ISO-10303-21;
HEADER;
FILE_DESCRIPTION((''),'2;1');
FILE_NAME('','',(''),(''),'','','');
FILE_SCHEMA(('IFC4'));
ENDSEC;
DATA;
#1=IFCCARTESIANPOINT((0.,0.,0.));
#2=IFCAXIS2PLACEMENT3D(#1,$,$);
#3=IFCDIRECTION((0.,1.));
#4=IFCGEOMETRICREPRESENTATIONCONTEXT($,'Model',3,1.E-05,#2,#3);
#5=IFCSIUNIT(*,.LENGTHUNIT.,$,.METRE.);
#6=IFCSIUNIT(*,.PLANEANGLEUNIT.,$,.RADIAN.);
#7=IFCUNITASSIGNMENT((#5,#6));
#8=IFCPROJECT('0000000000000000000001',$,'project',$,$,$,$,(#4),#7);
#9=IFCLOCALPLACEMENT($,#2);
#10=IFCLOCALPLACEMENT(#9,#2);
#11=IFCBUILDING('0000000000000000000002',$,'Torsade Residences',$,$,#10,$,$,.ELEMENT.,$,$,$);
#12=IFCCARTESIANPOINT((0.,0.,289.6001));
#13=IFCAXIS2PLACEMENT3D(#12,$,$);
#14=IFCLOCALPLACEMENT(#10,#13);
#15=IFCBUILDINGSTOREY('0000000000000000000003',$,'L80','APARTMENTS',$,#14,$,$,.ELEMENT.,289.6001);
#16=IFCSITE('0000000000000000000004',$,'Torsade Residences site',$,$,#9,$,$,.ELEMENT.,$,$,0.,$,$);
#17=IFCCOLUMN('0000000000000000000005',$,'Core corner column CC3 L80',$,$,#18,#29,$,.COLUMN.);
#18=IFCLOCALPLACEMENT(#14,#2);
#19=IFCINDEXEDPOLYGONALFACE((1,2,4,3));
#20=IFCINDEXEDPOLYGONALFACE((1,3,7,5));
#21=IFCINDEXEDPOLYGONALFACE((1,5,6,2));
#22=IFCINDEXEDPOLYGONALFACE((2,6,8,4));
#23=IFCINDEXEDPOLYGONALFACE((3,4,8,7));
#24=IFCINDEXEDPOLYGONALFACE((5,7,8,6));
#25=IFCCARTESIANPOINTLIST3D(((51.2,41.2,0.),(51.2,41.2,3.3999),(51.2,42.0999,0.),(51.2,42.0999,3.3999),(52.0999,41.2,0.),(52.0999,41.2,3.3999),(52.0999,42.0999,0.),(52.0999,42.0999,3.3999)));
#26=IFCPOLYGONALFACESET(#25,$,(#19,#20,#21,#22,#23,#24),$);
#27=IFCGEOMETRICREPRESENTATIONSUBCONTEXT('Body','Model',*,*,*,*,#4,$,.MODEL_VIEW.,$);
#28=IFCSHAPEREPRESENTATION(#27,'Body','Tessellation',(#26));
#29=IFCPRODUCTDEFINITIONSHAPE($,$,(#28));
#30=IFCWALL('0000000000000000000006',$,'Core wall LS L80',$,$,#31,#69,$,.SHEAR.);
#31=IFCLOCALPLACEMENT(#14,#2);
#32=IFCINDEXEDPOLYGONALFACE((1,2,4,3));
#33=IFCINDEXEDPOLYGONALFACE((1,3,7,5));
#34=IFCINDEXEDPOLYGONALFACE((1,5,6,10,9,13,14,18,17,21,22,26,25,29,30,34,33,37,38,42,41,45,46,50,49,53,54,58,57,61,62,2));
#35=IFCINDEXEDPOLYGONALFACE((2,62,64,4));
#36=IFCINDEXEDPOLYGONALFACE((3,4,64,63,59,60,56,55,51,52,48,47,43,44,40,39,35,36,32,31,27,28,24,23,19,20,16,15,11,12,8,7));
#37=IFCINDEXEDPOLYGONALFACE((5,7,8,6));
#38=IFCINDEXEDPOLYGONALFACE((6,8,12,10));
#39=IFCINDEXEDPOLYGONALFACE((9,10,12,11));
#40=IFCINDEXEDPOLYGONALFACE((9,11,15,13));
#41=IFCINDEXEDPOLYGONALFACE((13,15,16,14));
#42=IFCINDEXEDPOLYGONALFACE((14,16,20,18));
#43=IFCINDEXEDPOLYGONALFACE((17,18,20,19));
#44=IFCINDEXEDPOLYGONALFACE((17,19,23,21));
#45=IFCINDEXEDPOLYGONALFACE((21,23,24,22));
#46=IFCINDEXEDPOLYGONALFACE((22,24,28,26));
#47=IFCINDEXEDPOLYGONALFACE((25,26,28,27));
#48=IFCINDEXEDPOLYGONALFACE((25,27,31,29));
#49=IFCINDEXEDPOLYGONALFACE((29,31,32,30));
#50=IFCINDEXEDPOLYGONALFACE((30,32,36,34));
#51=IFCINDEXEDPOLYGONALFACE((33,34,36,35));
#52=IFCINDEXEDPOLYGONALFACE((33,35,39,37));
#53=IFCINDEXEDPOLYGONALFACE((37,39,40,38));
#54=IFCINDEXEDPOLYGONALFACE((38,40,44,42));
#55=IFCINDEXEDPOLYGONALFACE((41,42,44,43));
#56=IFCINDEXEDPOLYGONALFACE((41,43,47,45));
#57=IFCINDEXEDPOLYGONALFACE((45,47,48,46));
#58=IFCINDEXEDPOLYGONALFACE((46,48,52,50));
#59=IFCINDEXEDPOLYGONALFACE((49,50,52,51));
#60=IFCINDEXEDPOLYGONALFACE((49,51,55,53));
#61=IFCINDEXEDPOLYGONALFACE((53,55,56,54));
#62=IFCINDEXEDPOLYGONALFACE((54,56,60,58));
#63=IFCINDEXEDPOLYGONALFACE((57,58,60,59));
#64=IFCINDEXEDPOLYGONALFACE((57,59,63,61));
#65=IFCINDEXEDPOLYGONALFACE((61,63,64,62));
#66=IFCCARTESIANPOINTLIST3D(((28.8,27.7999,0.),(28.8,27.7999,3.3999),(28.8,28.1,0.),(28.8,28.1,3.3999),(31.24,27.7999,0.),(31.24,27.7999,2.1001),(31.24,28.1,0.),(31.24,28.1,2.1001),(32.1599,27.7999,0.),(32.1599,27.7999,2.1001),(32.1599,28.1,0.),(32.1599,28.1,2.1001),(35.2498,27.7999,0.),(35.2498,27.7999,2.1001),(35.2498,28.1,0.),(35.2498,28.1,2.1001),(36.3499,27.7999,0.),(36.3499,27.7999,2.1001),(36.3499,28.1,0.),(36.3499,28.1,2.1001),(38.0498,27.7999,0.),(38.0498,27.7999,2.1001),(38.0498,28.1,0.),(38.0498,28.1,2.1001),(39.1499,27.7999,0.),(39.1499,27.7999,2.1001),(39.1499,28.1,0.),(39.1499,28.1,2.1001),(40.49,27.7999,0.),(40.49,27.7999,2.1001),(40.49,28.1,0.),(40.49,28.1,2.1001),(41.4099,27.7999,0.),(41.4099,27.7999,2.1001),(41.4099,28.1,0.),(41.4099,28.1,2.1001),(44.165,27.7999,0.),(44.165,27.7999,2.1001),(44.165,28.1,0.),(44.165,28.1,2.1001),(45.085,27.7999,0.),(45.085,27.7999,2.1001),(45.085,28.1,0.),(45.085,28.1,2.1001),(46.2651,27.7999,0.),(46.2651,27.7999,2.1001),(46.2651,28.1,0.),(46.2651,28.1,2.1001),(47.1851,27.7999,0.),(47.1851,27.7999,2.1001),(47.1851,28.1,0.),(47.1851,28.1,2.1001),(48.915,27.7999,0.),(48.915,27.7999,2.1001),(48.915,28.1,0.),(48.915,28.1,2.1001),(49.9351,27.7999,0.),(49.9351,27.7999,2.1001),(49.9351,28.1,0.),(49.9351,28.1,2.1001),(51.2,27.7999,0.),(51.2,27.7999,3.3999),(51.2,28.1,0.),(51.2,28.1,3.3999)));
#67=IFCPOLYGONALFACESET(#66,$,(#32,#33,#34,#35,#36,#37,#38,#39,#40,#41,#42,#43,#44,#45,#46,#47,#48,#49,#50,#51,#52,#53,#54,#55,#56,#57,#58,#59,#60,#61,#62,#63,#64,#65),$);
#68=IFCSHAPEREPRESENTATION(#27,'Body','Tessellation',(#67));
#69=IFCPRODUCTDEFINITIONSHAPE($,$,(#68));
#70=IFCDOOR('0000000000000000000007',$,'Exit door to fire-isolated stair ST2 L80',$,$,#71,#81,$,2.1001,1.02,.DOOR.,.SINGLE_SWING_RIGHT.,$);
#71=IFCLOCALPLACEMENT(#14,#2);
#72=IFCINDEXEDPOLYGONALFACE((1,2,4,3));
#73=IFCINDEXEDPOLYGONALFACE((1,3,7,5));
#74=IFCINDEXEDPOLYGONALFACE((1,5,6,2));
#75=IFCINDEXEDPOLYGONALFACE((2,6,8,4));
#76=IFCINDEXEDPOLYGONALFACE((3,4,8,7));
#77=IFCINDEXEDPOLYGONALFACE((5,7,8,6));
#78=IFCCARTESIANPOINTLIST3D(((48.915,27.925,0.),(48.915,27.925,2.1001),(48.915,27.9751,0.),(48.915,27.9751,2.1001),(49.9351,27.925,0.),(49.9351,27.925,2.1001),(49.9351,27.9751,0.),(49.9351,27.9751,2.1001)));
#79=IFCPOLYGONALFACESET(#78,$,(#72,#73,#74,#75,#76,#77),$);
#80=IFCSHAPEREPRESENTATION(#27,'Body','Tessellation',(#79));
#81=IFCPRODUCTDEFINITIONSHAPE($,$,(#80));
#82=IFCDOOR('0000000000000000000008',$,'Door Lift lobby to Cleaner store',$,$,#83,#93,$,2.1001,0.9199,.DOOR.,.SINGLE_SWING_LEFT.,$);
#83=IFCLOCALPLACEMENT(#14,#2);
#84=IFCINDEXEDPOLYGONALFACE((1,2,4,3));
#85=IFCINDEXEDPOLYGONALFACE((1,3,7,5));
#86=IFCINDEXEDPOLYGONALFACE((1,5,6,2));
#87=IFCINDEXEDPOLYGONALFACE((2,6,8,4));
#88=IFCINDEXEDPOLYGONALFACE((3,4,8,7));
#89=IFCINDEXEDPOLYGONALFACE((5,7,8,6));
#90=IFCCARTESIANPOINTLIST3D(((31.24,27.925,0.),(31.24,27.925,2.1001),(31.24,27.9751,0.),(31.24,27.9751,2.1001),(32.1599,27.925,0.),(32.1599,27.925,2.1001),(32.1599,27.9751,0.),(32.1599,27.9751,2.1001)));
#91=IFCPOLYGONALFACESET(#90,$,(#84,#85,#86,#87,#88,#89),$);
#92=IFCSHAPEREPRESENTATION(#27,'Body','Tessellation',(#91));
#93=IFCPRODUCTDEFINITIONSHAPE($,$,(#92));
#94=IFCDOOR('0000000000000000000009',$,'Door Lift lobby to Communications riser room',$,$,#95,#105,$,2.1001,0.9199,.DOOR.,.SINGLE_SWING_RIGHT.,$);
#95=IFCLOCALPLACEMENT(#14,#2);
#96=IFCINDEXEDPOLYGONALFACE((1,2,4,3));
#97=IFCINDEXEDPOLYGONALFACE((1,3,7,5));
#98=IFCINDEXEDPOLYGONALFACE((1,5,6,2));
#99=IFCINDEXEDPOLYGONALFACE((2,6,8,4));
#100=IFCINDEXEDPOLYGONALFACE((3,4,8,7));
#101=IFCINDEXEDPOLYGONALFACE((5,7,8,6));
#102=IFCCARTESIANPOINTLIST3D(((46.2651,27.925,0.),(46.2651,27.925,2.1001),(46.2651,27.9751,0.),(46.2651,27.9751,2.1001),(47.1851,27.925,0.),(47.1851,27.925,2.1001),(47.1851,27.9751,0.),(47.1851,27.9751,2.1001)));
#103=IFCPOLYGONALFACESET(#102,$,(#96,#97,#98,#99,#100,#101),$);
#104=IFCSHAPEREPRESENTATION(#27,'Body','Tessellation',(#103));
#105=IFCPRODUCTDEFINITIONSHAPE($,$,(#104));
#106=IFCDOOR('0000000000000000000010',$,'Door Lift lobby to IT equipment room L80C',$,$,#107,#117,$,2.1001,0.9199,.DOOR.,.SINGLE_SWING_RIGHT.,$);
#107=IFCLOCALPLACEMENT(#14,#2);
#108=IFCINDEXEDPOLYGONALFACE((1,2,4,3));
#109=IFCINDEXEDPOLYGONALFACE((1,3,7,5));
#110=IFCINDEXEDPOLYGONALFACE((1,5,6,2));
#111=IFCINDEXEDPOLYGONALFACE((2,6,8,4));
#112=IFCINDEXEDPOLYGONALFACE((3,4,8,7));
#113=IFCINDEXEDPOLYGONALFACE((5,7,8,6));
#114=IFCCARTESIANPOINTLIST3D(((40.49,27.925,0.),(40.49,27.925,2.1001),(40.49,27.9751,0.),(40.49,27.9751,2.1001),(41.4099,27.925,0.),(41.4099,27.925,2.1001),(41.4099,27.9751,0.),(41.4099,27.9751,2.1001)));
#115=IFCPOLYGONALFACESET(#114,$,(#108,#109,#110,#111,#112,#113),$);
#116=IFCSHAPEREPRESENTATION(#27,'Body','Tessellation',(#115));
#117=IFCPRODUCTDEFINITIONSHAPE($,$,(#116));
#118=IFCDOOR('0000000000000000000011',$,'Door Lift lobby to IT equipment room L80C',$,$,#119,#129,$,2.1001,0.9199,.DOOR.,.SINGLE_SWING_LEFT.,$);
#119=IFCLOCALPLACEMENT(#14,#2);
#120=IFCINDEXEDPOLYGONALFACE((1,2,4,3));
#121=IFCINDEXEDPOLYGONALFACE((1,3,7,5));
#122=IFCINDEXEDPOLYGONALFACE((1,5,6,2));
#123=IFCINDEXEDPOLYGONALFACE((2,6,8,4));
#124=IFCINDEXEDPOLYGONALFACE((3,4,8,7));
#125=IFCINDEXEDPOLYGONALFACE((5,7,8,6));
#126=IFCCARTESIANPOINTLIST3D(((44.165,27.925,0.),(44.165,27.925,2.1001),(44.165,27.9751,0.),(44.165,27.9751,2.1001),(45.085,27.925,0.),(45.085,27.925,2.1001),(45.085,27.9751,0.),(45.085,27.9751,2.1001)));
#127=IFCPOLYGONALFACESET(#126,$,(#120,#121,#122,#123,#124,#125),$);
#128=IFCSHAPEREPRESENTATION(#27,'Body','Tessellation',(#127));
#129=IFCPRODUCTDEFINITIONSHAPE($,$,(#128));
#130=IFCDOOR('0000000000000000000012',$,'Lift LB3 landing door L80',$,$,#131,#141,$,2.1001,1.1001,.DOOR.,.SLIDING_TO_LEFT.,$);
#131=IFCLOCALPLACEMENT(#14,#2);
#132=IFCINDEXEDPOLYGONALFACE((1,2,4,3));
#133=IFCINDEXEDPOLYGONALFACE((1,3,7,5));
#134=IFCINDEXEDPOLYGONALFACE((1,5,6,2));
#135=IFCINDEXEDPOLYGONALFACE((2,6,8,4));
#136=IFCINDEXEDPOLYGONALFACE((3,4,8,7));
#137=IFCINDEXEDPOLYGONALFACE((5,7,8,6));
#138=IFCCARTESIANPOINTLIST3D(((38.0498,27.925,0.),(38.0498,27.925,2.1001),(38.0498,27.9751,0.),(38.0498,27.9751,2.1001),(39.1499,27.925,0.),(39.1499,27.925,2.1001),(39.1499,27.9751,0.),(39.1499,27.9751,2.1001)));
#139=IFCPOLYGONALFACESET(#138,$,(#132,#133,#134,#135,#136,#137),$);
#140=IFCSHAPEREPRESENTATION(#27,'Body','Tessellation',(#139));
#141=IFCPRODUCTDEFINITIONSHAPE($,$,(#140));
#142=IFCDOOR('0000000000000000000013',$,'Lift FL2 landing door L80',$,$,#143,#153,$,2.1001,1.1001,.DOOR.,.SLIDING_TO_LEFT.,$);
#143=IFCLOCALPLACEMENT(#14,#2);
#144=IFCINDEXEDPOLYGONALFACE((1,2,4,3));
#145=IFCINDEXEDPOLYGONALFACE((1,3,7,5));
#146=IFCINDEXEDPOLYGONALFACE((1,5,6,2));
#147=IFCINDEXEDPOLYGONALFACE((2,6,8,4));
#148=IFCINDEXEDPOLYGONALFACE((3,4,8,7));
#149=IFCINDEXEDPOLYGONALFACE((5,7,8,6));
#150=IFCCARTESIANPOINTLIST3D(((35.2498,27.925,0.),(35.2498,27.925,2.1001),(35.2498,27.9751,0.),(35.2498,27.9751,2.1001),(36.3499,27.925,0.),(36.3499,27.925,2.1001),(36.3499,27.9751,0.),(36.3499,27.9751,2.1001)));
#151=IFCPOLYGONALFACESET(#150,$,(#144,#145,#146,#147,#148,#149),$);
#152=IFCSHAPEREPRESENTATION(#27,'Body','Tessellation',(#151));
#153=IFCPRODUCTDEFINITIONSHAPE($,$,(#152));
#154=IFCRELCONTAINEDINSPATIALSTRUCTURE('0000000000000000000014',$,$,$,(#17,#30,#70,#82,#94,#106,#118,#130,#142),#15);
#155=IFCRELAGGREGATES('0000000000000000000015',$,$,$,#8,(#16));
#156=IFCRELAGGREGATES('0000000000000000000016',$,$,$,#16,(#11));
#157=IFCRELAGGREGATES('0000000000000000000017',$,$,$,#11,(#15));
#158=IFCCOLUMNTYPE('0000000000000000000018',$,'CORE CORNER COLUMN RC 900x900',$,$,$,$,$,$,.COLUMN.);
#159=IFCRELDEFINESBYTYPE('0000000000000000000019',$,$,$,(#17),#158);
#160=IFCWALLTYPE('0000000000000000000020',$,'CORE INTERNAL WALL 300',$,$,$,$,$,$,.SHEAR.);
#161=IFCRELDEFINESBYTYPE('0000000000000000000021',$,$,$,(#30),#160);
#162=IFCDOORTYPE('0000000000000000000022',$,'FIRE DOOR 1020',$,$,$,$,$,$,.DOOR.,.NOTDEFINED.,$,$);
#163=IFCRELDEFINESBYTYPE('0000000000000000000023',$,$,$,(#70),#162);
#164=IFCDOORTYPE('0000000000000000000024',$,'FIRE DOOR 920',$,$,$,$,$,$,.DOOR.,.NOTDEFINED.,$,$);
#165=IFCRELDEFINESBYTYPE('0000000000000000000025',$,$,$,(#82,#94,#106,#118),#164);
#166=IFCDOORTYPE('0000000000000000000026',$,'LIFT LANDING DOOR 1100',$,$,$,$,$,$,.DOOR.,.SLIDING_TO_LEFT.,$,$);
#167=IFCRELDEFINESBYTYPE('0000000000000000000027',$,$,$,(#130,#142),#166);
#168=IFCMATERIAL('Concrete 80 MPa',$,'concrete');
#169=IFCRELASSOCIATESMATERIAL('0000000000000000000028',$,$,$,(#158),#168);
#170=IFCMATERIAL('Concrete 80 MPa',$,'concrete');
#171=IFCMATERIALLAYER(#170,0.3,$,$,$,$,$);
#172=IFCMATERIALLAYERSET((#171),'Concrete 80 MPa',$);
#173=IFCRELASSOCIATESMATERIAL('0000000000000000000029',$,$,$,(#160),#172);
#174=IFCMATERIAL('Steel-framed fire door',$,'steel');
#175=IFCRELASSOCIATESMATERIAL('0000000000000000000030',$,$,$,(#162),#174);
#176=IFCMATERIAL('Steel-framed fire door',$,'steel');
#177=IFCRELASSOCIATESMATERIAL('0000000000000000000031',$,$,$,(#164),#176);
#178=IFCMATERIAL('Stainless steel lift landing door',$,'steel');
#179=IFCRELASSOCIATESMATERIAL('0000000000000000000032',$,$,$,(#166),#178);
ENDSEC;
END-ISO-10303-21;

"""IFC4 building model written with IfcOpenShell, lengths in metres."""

from ifc_helpers import new_model, si_unit, direction, frame, frame_2d, origin, origin_2d, place, context, subcontext, project, spatial, rectangle, extrude, material, layer, layer_set, material_profile, profile_set, type_object, element, fill, save


model = new_model("IFC4")

# Units and contexts
model_context = context("Model", 3, precision=1e-05, world=origin(), true_north=direction((0.0, 1.0)))
body_context = subcontext(model_context, "Body", "Model", "MODEL_VIEW")
ifc_project = project(units=[si_unit("LENGTHUNIT", "METRE"), si_unit("PLANEANGLEUNIT", "RADIAN")], contexts=[model_context])

# Site, building, storey
site_placement = place(None, origin())
site = spatial("IfcSite", under=ifc_project, at=site_placement, Name="Torsade Residences site", CompositionType="ELEMENT", RefElevation=0.0)
building_placement = place(site_placement, origin())
building = spatial("IfcBuilding", under=site, at=building_placement, Name="Torsade Residences", CompositionType="ELEMENT")
storey_placement = place(building_placement, frame((0.0, 0.0, 289.6001)))
storey = spatial("IfcBuildingStorey", under=building, at=storey_placement, Name="L80", Description="APARTMENTS", CompositionType="ELEMENT", Elevation=289.6001)

# Column
ifc_material_1 = material(Name="Concrete 80 MPa", Category="concrete")
ifc_material_profile = material_profile(ifc_material_1, rectangle(XDim=0.8999, YDim=0.8999, at=origin_2d()), Name="RC 900x900")
ifc_profile_set = profile_set([ifc_material_profile], Name="Concrete 80 MPa")
column_type = type_object("IfcColumnType", Name="CORE CORNER COLUMN RC 900x900", PredefinedType="COLUMN", material=ifc_profile_set)
column_placement = place(storey_placement, frame((51.6499, 41.6499, 0.0), z_axis=(0.0, 0.0, 1.0), x_axis=(1.0, 0.0, 0.0)))
element("IfcColumn", 1, at=column_placement, inside=storey, type_object=column_type, Name="Core corner column CC3 L80", PredefinedType="COLUMN", context=body_context, shape_type="SweptSolid", body=[
    extrude(rectangle(XDim=0.8999, YDim=0.8999, at=origin_2d()), origin(), (0.0, 0.0, 1.0), 3.3999),
])

# Wall, openings, doors
ifc_material_2 = material(Name="Concrete 80 MPa", Category="concrete")
ifc_layer_1 = layer(ifc_material_2, 0.3)
ifc_layer_set_1 = layer_set([ifc_layer_1], Name="Concrete 80 MPa")
wall_type_1 = type_object("IfcWallType", Name="CORE INTERNAL WALL 300", PredefinedType="SHEAR", material=ifc_layer_set_1)
wall_1_placement = place(storey_placement, frame((51.2, 27.95, 0.0), z_axis=(0.0, 0.0, 1.0), x_axis=(-1.0, 0.0, 0.0)))
wall_1 = element("IfcWall", 2, at=wall_1_placement, inside=storey, type_object=wall_type_1, Name="Core wall LS L80", PredefinedType="SHEAR", context=body_context, shape_type="SweptSolid", body=[
    extrude(rectangle(XDim=22.3999, YDim=0.3, at=frame_2d((11.2, 0.0))), origin(), (0.0, 0.0, 1.0), 3.3999),
])
opening_1_placement = place(wall_1_placement, frame((19.04, 0.0, 0.0)))
opening_1 = element("IfcOpeningElement", 3, at=opening_1_placement, cuts=wall_1, PredefinedType="OPENING", context=body_context, shape_type="SweptSolid", body=[
    extrude(rectangle(XDim=0.9199, YDim=2.1001, at=frame_2d((0.46, 1.05))), frame((0.0, 0.1599, 0.0), z_axis=(0.0, -1.0, 0.0), x_axis=(1.0, 0.0, 0.0)), (0.0, 0.0, 1.0), 0.3201),
])
opening_2_placement = place(wall_1_placement, frame((1.2649, 0.0, 0.0)))
opening_2 = element("IfcOpeningElement", 4, at=opening_2_placement, cuts=wall_1, PredefinedType="OPENING", context=body_context, shape_type="SweptSolid", body=[
    extrude(rectangle(XDim=1.02, YDim=2.1001, at=frame_2d((0.51, 1.05))), frame((0.0, 0.1599, 0.0), z_axis=(0.0, -1.0, 0.0), x_axis=(1.0, 0.0, 0.0)), (0.0, 0.0, 1.0), 0.3201),
])
opening_3_placement = place(wall_1_placement, frame((4.0149, 0.0, 0.0)))
opening_3 = element("IfcOpeningElement", 5, at=opening_3_placement, cuts=wall_1, PredefinedType="OPENING", context=body_context, shape_type="SweptSolid", body=[
    extrude(rectangle(XDim=0.9199, YDim=2.1001, at=frame_2d((0.46, 1.05))), frame((0.0, 0.1599, 0.0), z_axis=(0.0, -1.0, 0.0), x_axis=(1.0, 0.0, 0.0)), (0.0, 0.0, 1.0), 0.3201),
])
opening_4_placement = place(wall_1_placement, frame((9.79, 0.0, 0.0)))
opening_4 = element("IfcOpeningElement", 6, at=opening_4_placement, cuts=wall_1, PredefinedType="OPENING", context=body_context, shape_type="SweptSolid", body=[
    extrude(rectangle(XDim=0.9199, YDim=2.1001, at=frame_2d((0.46, 1.05))), frame((0.0, 0.1599, 0.0), z_axis=(0.0, -1.0, 0.0), x_axis=(1.0, 0.0, 0.0)), (0.0, 0.0, 1.0), 0.3201),
])
opening_5_placement = place(wall_1_placement, frame((6.115, 0.0, 0.0)))
opening_5 = element("IfcOpeningElement", 7, at=opening_5_placement, cuts=wall_1, PredefinedType="OPENING", context=body_context, shape_type="SweptSolid", body=[
    extrude(rectangle(XDim=0.9199, YDim=2.1001, at=frame_2d((0.46, 1.05))), frame((0.0, 0.1599, 0.0), z_axis=(0.0, -1.0, 0.0), x_axis=(1.0, 0.0, 0.0)), (0.0, 0.0, 1.0), 0.3201),
])
opening_6_placement = place(wall_1_placement, frame((12.05, 0.0, 0.0)))
opening_6 = element("IfcOpeningElement", 8, at=opening_6_placement, cuts=wall_1, PredefinedType="OPENING", context=body_context, shape_type="SweptSolid", body=[
    extrude(rectangle(XDim=1.1001, YDim=2.1001, at=frame_2d((0.55, 1.05))), frame((0.0, 0.1599, 0.0), z_axis=(0.0, -1.0, 0.0), x_axis=(1.0, 0.0, 0.0)), (0.0, 0.0, 1.0), 0.3201),
])
opening_7_placement = place(wall_1_placement, frame((14.8501, 0.0, 0.0)))
opening_7 = element("IfcOpeningElement", 9, at=opening_7_placement, cuts=wall_1, PredefinedType="OPENING", context=body_context, shape_type="SweptSolid", body=[
    extrude(rectangle(XDim=1.1001, YDim=2.1001, at=frame_2d((0.55, 1.05))), frame((0.0, 0.1599, 0.0), z_axis=(0.0, -1.0, 0.0), x_axis=(1.0, 0.0, 0.0)), (0.0, 0.0, 1.0), 0.3201),
])
ifc_material_3 = material(Name="Steel-framed fire door", Category="steel")
door_type_1 = type_object("IfcDoorType", Name="FIRE DOOR 1020", OperationType="NOTDEFINED", PredefinedType="DOOR", material=ifc_material_3)
door_1_placement = place(opening_2_placement, origin())
door_1 = element("IfcDoor", 10, at=door_1_placement, inside=storey, type_object=door_type_1, Name="Exit door to fire-isolated stair ST2 L80", OperationType="SINGLE_SWING_RIGHT", OverallHeight=2.1001, OverallWidth=1.02, PredefinedType="DOOR", context=body_context, shape_type="SweptSolid", body=[
    extrude(rectangle(XDim=1.02, YDim=2.1001, at=frame_2d((0.51, 1.05))), frame((0.0, 0.0249, 0.0), z_axis=(0.0, -1.0, 0.0), x_axis=(1.0, 0.0, 0.0)), (0.0, 0.0, 1.0), 0.05),
])
fill(opening_2, door_1)
ifc_material_4 = material(Name="Steel-framed fire door", Category="steel")
door_type_2 = type_object("IfcDoorType", Name="FIRE DOOR 920", OperationType="NOTDEFINED", PredefinedType="DOOR", material=ifc_material_4)
door_2_placement = place(opening_1_placement, origin())
door_2 = element("IfcDoor", 11, at=door_2_placement, inside=storey, type_object=door_type_2, Name="Door Lift lobby to Cleaner store", OperationType="SINGLE_SWING_LEFT", OverallHeight=2.1001, OverallWidth=0.9199, PredefinedType="DOOR", context=body_context, shape_type="SweptSolid", body=[
    extrude(rectangle(XDim=0.9199, YDim=2.1001, at=frame_2d((0.46, 1.05))), frame((0.0, 0.0249, 0.0), z_axis=(0.0, -1.0, 0.0), x_axis=(1.0, 0.0, 0.0)), (0.0, 0.0, 1.0), 0.05),
])
fill(opening_1, door_2)
door_3_placement = place(opening_3_placement, origin())
door_3 = element("IfcDoor", 12, at=door_3_placement, inside=storey, type_object=door_type_2, Name="Door Lift lobby to Communications riser room", OperationType="SINGLE_SWING_RIGHT", OverallHeight=2.1001, OverallWidth=0.9199, PredefinedType="DOOR", context=body_context, shape_type="SweptSolid", body=[
    extrude(rectangle(XDim=0.9199, YDim=2.1001, at=frame_2d((0.46, 1.05))), frame((0.0, 0.0249, 0.0), z_axis=(0.0, -1.0, 0.0), x_axis=(1.0, 0.0, 0.0)), (0.0, 0.0, 1.0), 0.05),
])
fill(opening_3, door_3)
door_4_placement = place(opening_4_placement, origin())
door_4 = element("IfcDoor", 13, at=door_4_placement, inside=storey, type_object=door_type_2, Name="Door Lift lobby to IT equipment room L80C", OperationType="SINGLE_SWING_RIGHT", OverallHeight=2.1001, OverallWidth=0.9199, PredefinedType="DOOR", context=body_context, shape_type="SweptSolid", body=[
    extrude(rectangle(XDim=0.9199, YDim=2.1001, at=frame_2d((0.46, 1.05))), frame((0.0, 0.0249, 0.0), z_axis=(0.0, -1.0, 0.0), x_axis=(1.0, 0.0, 0.0)), (0.0, 0.0, 1.0), 0.05),
])
fill(opening_4, door_4)
door_5_placement = place(opening_5_placement, origin())
door_5 = element("IfcDoor", 14, at=door_5_placement, inside=storey, type_object=door_type_2, Name="Door Lift lobby to IT equipment room L80C", OperationType="SINGLE_SWING_LEFT", OverallHeight=2.1001, OverallWidth=0.9199, PredefinedType="DOOR", context=body_context, shape_type="SweptSolid", body=[
    extrude(rectangle(XDim=0.9199, YDim=2.1001, at=frame_2d((0.46, 1.05))), frame((0.0, 0.0249, 0.0), z_axis=(0.0, -1.0, 0.0), x_axis=(1.0, 0.0, 0.0)), (0.0, 0.0, 1.0), 0.05),
])
fill(opening_5, door_5)
ifc_material_5 = material(Name="Stainless steel lift landing door", Category="steel")
door_type_3 = type_object("IfcDoorType", Name="LIFT LANDING DOOR 1100", OperationType="SLIDING_TO_LEFT", PredefinedType="DOOR", material=ifc_material_5)
door_6_placement = place(opening_6_placement, origin())
door_6 = element("IfcDoor", 15, at=door_6_placement, inside=storey, type_object=door_type_3, Name="Lift LB3 landing door L80", OperationType="SLIDING_TO_LEFT", OverallHeight=2.1001, OverallWidth=1.1001, PredefinedType="DOOR", context=body_context, shape_type="SweptSolid", body=[
    extrude(rectangle(XDim=1.1001, YDim=2.1001, at=frame_2d((0.55, 1.05))), frame((0.0, 0.0249, 0.0), z_axis=(0.0, -1.0, 0.0), x_axis=(1.0, 0.0, 0.0)), (0.0, 0.0, 1.0), 0.05),
])
fill(opening_6, door_6)
door_7_placement = place(opening_7_placement, origin())
door_7 = element("IfcDoor", 16, at=door_7_placement, inside=storey, type_object=door_type_3, Name="Lift FL2 landing door L80", OperationType="SLIDING_TO_LEFT", OverallHeight=2.1001, OverallWidth=1.1001, PredefinedType="DOOR", context=body_context, shape_type="SweptSolid", body=[
    extrude(rectangle(XDim=1.1001, YDim=2.1001, at=frame_2d((0.55, 1.05))), frame((0.0, 0.0249, 0.0), z_axis=(0.0, -1.0, 0.0), x_axis=(1.0, 0.0, 0.0)), (0.0, 0.0, 1.0), 0.05),
])
fill(opening_7, door_7)

save(model, "model.ifc")
